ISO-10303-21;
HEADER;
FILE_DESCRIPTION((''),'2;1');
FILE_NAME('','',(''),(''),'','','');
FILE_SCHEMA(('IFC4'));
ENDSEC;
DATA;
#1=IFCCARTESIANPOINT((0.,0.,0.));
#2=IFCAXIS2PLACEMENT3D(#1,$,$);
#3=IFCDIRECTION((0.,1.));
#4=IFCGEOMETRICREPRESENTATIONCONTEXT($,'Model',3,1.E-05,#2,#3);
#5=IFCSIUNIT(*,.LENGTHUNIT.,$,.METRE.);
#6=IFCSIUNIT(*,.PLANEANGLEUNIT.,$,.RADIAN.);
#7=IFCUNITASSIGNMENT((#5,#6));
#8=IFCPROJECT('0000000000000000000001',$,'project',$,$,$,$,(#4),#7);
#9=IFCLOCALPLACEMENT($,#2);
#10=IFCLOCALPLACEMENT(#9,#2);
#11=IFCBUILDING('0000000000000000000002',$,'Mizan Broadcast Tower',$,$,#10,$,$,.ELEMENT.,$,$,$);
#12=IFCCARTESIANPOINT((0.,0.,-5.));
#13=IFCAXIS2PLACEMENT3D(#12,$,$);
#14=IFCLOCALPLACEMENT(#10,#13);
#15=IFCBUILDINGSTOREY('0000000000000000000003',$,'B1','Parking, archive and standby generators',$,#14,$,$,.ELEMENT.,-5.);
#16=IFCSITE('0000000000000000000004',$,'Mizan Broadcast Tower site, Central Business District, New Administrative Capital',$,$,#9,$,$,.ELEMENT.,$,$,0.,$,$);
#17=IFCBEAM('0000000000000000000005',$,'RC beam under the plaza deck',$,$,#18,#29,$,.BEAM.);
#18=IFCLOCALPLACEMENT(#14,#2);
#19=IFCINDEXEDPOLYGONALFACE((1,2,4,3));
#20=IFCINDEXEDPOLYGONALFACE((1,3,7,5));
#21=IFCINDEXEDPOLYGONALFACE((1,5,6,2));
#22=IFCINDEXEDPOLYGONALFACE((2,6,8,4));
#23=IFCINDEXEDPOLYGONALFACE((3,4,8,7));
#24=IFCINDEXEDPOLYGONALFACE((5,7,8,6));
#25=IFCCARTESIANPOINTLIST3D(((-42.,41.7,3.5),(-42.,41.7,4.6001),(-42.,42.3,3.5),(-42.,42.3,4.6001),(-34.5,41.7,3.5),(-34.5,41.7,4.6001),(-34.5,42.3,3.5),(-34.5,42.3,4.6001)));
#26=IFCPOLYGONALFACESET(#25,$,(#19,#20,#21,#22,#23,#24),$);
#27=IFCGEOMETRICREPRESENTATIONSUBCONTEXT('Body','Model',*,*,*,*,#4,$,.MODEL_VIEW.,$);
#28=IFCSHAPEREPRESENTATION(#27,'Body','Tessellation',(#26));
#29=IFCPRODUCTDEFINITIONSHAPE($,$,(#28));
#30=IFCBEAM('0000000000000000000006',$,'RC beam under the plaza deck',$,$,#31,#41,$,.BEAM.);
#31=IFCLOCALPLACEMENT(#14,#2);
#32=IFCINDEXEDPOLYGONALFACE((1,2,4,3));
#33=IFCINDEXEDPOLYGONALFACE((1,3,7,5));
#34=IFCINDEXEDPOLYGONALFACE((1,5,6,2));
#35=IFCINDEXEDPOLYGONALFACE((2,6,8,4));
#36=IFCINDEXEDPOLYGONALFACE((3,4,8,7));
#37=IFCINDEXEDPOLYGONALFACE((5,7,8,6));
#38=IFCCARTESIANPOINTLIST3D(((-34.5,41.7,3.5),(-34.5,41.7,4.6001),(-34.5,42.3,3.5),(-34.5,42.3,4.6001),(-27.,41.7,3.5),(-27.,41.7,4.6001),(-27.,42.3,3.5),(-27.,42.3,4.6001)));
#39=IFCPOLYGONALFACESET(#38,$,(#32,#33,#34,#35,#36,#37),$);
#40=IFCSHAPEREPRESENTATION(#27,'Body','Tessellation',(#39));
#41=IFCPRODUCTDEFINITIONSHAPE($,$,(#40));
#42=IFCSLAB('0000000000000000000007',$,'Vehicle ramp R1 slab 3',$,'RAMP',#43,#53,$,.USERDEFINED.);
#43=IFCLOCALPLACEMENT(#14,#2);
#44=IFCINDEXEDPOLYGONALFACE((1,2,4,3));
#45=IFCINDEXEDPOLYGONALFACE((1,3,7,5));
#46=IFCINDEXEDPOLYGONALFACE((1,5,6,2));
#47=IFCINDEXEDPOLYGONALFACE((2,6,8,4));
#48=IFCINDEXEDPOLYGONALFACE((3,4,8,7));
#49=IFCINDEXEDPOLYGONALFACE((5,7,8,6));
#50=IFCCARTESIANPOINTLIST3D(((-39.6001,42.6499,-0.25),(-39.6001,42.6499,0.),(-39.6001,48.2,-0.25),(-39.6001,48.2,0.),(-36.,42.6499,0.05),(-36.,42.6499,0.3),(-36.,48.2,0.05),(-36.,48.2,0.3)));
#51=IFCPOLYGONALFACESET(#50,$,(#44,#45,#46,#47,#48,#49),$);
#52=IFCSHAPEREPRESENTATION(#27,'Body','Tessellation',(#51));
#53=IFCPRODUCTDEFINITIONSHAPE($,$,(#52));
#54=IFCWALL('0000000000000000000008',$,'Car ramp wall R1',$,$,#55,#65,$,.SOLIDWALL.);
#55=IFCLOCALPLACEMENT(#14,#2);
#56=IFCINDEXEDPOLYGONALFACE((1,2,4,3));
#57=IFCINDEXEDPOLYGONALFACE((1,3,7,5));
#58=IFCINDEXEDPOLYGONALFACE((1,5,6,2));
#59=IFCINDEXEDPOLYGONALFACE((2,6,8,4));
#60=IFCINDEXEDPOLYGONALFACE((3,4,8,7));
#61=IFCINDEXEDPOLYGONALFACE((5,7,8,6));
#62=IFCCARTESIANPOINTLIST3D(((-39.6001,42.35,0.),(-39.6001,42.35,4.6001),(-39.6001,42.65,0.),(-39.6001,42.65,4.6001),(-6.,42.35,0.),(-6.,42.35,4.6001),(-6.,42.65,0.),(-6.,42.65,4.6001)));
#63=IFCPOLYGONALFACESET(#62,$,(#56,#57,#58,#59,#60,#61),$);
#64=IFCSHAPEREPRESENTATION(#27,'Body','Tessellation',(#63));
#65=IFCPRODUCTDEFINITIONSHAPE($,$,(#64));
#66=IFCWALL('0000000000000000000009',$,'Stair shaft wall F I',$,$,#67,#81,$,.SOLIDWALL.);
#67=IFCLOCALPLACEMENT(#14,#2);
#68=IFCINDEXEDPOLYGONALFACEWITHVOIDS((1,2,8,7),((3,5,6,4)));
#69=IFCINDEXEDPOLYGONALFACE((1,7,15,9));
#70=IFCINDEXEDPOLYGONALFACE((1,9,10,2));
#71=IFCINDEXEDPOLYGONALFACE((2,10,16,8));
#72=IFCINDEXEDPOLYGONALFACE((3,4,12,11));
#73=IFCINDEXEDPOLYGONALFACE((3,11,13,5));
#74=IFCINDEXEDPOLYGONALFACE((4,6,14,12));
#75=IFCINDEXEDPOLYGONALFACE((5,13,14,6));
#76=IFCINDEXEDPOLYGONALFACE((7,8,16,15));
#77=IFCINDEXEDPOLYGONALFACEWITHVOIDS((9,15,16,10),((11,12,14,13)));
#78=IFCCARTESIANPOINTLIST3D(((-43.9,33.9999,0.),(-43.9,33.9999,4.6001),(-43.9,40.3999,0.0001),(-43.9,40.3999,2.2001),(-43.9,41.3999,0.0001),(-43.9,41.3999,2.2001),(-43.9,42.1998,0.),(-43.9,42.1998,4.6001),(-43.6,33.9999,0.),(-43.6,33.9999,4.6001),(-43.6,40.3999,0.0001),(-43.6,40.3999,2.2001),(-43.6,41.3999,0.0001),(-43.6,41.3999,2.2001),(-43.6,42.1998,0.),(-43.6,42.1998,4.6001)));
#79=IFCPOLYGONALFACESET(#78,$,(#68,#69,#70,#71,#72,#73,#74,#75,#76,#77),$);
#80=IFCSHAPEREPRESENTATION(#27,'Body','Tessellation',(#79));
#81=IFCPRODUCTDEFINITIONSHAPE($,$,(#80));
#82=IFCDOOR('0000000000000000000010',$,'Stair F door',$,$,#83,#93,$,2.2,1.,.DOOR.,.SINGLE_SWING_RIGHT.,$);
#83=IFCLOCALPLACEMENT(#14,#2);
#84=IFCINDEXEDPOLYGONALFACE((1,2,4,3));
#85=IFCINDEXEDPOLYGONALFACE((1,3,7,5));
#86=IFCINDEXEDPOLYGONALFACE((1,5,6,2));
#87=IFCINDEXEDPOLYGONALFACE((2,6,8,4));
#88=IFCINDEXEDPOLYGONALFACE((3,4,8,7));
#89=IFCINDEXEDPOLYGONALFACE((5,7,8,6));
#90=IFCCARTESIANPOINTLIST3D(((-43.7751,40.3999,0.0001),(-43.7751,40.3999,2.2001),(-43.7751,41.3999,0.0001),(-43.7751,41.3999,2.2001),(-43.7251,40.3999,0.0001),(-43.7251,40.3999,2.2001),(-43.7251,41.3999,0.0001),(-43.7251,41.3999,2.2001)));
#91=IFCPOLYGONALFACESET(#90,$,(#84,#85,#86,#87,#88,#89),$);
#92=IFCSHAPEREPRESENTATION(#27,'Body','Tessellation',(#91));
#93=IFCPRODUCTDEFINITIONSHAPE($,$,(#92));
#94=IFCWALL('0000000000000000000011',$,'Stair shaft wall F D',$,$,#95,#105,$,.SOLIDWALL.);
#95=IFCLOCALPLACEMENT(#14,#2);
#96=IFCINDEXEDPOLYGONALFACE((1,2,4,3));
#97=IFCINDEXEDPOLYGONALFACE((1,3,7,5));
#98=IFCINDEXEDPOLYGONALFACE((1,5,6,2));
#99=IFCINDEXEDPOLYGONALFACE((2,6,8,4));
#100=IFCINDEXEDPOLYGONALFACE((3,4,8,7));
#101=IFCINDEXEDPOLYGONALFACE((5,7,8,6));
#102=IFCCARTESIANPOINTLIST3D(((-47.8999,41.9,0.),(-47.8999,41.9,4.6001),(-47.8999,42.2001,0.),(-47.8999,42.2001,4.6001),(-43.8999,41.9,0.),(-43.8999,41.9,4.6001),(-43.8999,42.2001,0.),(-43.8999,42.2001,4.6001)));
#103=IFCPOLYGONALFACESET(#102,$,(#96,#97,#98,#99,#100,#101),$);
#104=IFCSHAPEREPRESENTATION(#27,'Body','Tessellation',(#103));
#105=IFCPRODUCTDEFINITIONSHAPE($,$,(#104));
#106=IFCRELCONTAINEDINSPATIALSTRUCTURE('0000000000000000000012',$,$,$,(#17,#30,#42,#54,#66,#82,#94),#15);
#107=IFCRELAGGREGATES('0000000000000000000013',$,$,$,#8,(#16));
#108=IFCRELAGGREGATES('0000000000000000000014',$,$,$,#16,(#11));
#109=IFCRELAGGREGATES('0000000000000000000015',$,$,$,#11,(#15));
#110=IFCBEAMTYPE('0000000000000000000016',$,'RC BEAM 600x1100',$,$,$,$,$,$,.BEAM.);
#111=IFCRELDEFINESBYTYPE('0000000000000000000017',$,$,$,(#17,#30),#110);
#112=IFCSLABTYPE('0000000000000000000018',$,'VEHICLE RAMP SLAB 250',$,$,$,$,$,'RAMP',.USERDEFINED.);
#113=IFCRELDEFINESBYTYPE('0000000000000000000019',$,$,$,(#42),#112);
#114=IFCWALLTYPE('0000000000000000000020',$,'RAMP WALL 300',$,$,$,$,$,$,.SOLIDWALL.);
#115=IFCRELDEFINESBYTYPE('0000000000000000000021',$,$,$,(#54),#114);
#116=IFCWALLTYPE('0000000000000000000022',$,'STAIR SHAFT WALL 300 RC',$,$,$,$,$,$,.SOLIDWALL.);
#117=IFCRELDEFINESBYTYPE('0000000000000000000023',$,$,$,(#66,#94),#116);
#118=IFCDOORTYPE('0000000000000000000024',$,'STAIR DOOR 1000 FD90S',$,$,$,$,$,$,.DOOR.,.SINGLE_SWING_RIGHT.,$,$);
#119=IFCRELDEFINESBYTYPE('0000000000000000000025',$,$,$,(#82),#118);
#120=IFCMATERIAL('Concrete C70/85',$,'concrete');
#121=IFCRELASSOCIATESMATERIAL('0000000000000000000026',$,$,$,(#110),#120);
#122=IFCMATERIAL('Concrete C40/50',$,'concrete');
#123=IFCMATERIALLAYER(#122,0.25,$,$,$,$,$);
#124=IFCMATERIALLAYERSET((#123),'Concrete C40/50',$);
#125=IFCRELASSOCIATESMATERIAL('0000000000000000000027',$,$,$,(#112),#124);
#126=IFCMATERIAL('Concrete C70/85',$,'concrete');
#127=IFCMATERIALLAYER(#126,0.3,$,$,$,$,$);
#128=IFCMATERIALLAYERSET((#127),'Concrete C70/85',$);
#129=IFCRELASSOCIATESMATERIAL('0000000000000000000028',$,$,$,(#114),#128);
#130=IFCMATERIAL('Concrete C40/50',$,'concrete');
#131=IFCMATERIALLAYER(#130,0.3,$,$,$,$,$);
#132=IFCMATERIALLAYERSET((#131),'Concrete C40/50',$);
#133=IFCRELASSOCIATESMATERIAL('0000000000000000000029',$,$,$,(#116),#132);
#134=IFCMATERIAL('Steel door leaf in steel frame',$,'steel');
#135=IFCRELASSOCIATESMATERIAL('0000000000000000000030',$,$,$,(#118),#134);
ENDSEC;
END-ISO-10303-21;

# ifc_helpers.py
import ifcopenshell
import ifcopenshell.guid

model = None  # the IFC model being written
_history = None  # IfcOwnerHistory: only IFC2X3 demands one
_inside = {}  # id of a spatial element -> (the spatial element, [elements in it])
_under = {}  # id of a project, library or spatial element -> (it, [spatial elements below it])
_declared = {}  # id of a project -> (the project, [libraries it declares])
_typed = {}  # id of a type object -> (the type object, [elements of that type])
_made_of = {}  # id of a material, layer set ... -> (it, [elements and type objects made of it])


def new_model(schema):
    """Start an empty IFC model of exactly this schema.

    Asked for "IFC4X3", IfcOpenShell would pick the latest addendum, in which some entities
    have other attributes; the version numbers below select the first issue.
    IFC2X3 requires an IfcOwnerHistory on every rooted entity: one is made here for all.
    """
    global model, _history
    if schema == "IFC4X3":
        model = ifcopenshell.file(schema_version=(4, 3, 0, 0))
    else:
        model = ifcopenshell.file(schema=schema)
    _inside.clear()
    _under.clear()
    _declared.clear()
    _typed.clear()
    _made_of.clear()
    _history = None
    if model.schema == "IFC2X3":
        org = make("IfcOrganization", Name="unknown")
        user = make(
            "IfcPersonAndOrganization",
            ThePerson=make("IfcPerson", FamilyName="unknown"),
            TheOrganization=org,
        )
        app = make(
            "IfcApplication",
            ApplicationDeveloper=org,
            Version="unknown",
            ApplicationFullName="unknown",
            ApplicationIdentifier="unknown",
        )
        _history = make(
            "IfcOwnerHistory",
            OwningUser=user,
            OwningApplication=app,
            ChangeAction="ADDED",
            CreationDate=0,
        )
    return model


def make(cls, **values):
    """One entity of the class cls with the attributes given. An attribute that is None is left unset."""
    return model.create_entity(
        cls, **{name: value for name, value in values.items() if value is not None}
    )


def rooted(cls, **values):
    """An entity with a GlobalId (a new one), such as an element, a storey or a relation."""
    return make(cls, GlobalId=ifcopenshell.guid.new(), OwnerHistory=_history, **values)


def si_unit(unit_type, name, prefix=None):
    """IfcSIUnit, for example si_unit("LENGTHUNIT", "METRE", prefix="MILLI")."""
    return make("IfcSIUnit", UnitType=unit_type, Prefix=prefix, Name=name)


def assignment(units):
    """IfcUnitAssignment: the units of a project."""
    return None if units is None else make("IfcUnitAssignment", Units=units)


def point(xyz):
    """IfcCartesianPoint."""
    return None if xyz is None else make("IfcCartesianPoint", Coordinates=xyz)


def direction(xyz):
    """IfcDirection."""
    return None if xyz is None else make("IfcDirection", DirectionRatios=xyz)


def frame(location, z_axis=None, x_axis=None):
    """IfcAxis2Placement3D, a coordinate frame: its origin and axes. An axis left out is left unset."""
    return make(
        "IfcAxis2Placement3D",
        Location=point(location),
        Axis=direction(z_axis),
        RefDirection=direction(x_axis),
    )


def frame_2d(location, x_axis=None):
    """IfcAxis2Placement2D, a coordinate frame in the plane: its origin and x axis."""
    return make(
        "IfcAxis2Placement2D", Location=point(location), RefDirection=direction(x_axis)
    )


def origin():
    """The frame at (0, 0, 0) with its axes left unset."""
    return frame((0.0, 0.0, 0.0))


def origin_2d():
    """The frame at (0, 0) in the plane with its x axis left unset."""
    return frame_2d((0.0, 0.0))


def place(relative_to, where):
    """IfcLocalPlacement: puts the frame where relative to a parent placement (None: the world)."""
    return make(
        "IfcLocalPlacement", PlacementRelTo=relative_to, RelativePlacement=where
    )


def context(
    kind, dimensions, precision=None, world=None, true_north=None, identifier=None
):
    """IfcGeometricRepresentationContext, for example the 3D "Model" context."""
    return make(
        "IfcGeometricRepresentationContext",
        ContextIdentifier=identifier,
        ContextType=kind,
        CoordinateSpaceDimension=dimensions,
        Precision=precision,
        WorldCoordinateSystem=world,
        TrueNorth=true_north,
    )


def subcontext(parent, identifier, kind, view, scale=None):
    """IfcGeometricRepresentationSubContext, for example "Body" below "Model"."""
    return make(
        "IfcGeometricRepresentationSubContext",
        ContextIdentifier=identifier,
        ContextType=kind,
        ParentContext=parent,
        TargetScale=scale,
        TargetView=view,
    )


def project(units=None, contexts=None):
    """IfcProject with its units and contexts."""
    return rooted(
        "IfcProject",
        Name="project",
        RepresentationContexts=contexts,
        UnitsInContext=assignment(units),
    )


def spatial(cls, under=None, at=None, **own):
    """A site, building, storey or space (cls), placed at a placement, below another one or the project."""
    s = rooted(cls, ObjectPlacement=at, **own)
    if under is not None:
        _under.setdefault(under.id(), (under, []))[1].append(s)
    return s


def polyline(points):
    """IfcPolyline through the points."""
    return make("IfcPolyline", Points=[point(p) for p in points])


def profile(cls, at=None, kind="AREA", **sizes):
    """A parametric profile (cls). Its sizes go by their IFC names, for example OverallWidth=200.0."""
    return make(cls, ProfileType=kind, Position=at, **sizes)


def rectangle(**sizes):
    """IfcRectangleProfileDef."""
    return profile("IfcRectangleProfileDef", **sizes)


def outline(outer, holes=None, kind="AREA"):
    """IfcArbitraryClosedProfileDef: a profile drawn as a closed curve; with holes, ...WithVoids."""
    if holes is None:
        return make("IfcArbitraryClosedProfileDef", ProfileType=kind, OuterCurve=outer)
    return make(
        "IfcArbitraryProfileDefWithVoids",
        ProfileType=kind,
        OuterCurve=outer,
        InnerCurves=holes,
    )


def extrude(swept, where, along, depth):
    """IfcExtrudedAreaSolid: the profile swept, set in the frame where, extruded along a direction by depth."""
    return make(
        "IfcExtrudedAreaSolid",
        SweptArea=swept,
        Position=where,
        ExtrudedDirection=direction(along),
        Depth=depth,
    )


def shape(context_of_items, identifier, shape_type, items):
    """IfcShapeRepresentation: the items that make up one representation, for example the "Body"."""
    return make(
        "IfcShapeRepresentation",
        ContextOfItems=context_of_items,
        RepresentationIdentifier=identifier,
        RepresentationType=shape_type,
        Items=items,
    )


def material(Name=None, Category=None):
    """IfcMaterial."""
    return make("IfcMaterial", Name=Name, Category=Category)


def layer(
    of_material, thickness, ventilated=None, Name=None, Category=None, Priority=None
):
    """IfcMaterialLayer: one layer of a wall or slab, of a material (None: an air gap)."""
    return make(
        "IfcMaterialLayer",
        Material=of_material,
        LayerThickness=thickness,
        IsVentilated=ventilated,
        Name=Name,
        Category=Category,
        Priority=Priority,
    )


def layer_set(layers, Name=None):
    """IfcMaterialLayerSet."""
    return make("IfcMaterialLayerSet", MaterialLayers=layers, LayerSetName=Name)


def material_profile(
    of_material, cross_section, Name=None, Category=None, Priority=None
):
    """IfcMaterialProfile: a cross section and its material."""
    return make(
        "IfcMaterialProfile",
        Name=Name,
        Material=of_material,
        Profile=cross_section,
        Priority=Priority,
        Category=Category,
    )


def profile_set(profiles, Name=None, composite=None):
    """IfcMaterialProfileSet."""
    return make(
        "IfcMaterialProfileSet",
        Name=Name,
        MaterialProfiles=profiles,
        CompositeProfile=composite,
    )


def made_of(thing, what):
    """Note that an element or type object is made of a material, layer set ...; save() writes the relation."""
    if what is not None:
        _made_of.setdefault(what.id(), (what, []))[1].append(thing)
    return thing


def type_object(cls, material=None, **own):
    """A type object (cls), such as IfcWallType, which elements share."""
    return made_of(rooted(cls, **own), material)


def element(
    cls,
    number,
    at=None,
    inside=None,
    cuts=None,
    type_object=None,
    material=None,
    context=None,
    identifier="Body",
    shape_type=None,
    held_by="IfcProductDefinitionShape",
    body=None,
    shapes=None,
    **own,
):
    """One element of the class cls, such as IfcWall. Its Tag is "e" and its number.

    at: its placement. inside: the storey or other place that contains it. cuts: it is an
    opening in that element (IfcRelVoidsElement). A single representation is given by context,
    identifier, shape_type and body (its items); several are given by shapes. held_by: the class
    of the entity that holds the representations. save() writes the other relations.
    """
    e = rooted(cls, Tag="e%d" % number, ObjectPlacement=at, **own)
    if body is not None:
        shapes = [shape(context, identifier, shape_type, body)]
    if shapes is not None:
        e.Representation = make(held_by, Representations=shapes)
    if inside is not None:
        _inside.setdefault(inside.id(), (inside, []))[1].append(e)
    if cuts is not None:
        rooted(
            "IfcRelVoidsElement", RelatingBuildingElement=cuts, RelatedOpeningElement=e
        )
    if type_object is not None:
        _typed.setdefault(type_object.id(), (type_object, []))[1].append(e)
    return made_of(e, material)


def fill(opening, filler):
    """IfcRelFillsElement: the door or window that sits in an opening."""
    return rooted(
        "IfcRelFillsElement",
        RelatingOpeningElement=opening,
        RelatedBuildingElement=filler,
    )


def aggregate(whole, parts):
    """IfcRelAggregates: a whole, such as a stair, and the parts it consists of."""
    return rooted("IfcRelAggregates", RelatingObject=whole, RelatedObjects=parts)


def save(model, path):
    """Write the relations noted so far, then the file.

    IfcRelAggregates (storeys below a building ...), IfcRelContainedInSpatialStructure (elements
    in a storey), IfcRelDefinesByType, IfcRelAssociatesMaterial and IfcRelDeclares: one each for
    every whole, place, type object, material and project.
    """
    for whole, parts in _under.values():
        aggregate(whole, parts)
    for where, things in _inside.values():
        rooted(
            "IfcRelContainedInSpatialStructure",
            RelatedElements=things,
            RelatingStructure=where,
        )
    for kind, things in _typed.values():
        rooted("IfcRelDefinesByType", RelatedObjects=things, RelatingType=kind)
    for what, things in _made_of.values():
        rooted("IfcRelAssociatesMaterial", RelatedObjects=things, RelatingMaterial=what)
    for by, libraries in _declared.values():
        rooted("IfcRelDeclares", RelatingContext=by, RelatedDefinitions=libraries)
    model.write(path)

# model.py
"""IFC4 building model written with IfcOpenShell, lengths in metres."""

from ifc_helpers import new_model, si_unit, direction, frame, frame_2d, origin, origin_2d, place, context, subcontext, project, spatial, polyline, rectangle, outline, extrude, material, layer, layer_set, material_profile, profile_set, type_object, element, fill, save


model = new_model("IFC4")

# Units and contexts
model_context = context("Model", 3, precision=1e-05, world=origin(), true_north=direction((0.0, 1.0)))
body_context = subcontext(model_context, "Body", "Model", "MODEL_VIEW")
ifc_project = project(units=[si_unit("LENGTHUNIT", "METRE"), si_unit("PLANEANGLEUNIT", "RADIAN")], contexts=[model_context])

# Site, building, storey
site_placement = place(None, origin())
site = spatial("IfcSite", under=ifc_project, at=site_placement, Name="Mizan Broadcast Tower site, Central Business District, New Administrative Capital", CompositionType="ELEMENT", RefElevation=0.0)
building_placement = place(site_placement, origin())
building = spatial("IfcBuilding", under=site, at=building_placement, Name="Mizan Broadcast Tower", CompositionType="ELEMENT")
storey_placement = place(building_placement, frame((0.0, 0.0, -5.0)))
storey = spatial("IfcBuildingStorey", under=building, at=storey_placement, Name="B1", Description="Parking, archive and standby generators", CompositionType="ELEMENT", Elevation=-5.0)

# Beams
ifc_material_1 = material(Name="Concrete C70/85", Category="concrete")
ifc_material_profile_1 = material_profile(ifc_material_1, rectangle(XDim=0.6001, YDim=1.1001, at=origin_2d()), Name="RC 600x1100")
ifc_profile_set_1 = profile_set([ifc_material_profile_1], Name="Concrete C70/85")
beam_type_1 = type_object("IfcBeamType", Name="RC BEAM 600x1100", PredefinedType="BEAM", material=ifc_profile_set_1)
for number, where, z_axis, x_axis, name in (
    (1, (-42.0, 42.0, 4.05), (1.0, 0.0, 0.0), (0.0, 1.0, 0.0), "RC beam under the plaza deck"),
    (2, (-34.5, 42.0, 4.05), (1.0, 0.0, 0.0), (0.0, 1.0, 0.0), "RC beam under the plaza deck"),
):
    element("IfcBeam", number, at=place(storey_placement, frame(where, z_axis=z_axis, x_axis=x_axis)), inside=storey, type_object=beam_type_1, Name=name, PredefinedType="BEAM", context=body_context, shape_type="SweptSolid", body=[
        extrude(rectangle(XDim=0.6001, YDim=1.1001, at=origin_2d()), origin(), (0.0, 0.0, 1.0), 7.5),
    ])

# Slab
ifc_material_2 = material(Name="Concrete C40/50", Category="concrete")
ifc_layer_1 = layer(ifc_material_2, 0.25)
ifc_layer_set_1 = layer_set([ifc_layer_1], Name="Concrete C40/50")
slab_type = type_object("IfcSlabType", Name="VEHICLE RAMP SLAB 250", ElementType="RAMP", PredefinedType="USERDEFINED", material=ifc_layer_set_1)
slab_placement = place(storey_placement, frame((-36.0, 42.6499, 0.3), z_axis=(-0.083057, 0.0, 0.996545), x_axis=(-0.996545, 0.0, -0.083057)))
element("IfcSlab", 3, at=slab_placement, inside=storey, type_object=slab_type, Name="Vehicle ramp R1 slab 3", ObjectType="RAMP", PredefinedType="USERDEFINED", context=body_context, shape_type="SweptSolid", body=[
    extrude(outline(polyline([(0.0, 0.0), (3.6126, 0.0), (3.6126, -5.55), (0.0, -5.55), (0.0, 0.0)])), origin(), (0.083057, 0.0, -0.996545), 0.25),
])

# Wall
ifc_material_3 = material(Name="Concrete C70/85", Category="concrete")
ifc_layer_2 = layer(ifc_material_3, 0.3)
ifc_layer_set_2 = layer_set([ifc_layer_2], Name="Concrete C70/85")
wall_type_1 = type_object("IfcWallType", Name="RAMP WALL 300", PredefinedType="SOLIDWALL", material=ifc_layer_set_2)
wall_1_placement = place(storey_placement, frame((-39.6001, 42.5, 0.0), z_axis=(0.0, 0.0, 1.0), x_axis=(1.0, 0.0, 0.0)))
element("IfcWall", 4, at=wall_1_placement, inside=storey, type_object=wall_type_1, Name="Car ramp wall R1", PredefinedType="SOLIDWALL", context=body_context, shape_type="SweptSolid", body=[
    extrude(rectangle(XDim=33.6001, YDim=0.3, at=frame_2d((16.8, 0.0))), origin(), (0.0, 0.0, 1.0), 4.6001),
])

# Wall, opening, door
ifc_material_4 = material(Name="Concrete C40/50", Category="concrete")
ifc_layer_3 = layer(ifc_material_4, 0.3)
ifc_layer_set_3 = layer_set([ifc_layer_3], Name="Concrete C40/50")
wall_type_2 = type_object("IfcWallType", Name="STAIR SHAFT WALL 300 RC", PredefinedType="SOLIDWALL", material=ifc_layer_set_3)
wall_2_placement = place(storey_placement, frame((-43.75, 42.2, 0.0), z_axis=(0.0, 0.0, 1.0), x_axis=(0.0, -1.0, 0.0)))
wall_2 = element("IfcWall", 5, at=wall_2_placement, inside=storey, type_object=wall_type_2, Name="Stair shaft wall F I", PredefinedType="SOLIDWALL", context=body_context, shape_type="SweptSolid", body=[
    extrude(rectangle(XDim=8.2, YDim=0.3, at=frame_2d((4.1001, 0.0))), origin(), (0.0, 0.0, 1.0), 4.6001),
])
opening_placement = place(wall_2_placement, frame((0.8, 0.0, 0.0)))
opening = element("IfcOpeningElement", 6, at=opening_placement, cuts=wall_2, PredefinedType="OPENING", context=body_context, shape_type="SweptSolid", body=[
    extrude(rectangle(XDim=1.0, YDim=2.2, at=frame_2d((0.5, 1.1001))), frame((0.0, 0.1599, 0.0), z_axis=(0.0, -1.0, 0.0), x_axis=(1.0, 0.0, 0.0)), (0.0, 0.0, 1.0), 0.3201),
])
ifc_material_5 = material(Name="Steel door leaf in steel frame", Category="steel")
door_type = type_object("IfcDoorType", Name="STAIR DOOR 1000 FD90S", OperationType="SINGLE_SWING_RIGHT", PredefinedType="DOOR", material=ifc_material_5)
door_placement = place(opening_placement, origin())
door = element("IfcDoor", 7, at=door_placement, inside=storey, type_object=door_type, Name="Stair F door", OperationType="SINGLE_SWING_RIGHT", OverallHeight=2.2, OverallWidth=1.0, PredefinedType="DOOR", context=body_context, shape_type="SweptSolid", body=[
    extrude(rectangle(XDim=1.0, YDim=2.2, at=frame_2d((0.5, 1.1001))), frame((0.0, 0.0249, 0.0), z_axis=(0.0, -1.0, 0.0), x_axis=(1.0, 0.0, 0.0)), (0.0, 0.0, 1.0), 0.05),
])
fill(opening, door)

# Wall
wall_3_placement = place(storey_placement, frame((-43.8999, 42.05, 0.0), z_axis=(0.0, 0.0, 1.0), x_axis=(-1.0, 0.0, 0.0)))
element("IfcWall", 8, at=wall_3_placement, inside=storey, type_object=wall_type_2, Name="Stair shaft wall F D", PredefinedType="SOLIDWALL", context=body_context, shape_type="SweptSolid", body=[
    extrude(rectangle(XDim=4.0, YDim=0.3, at=frame_2d((2.0, 0.0))), origin(), (0.0, 0.0, 1.0), 4.6001),
])

save(model, "model.ifc")
